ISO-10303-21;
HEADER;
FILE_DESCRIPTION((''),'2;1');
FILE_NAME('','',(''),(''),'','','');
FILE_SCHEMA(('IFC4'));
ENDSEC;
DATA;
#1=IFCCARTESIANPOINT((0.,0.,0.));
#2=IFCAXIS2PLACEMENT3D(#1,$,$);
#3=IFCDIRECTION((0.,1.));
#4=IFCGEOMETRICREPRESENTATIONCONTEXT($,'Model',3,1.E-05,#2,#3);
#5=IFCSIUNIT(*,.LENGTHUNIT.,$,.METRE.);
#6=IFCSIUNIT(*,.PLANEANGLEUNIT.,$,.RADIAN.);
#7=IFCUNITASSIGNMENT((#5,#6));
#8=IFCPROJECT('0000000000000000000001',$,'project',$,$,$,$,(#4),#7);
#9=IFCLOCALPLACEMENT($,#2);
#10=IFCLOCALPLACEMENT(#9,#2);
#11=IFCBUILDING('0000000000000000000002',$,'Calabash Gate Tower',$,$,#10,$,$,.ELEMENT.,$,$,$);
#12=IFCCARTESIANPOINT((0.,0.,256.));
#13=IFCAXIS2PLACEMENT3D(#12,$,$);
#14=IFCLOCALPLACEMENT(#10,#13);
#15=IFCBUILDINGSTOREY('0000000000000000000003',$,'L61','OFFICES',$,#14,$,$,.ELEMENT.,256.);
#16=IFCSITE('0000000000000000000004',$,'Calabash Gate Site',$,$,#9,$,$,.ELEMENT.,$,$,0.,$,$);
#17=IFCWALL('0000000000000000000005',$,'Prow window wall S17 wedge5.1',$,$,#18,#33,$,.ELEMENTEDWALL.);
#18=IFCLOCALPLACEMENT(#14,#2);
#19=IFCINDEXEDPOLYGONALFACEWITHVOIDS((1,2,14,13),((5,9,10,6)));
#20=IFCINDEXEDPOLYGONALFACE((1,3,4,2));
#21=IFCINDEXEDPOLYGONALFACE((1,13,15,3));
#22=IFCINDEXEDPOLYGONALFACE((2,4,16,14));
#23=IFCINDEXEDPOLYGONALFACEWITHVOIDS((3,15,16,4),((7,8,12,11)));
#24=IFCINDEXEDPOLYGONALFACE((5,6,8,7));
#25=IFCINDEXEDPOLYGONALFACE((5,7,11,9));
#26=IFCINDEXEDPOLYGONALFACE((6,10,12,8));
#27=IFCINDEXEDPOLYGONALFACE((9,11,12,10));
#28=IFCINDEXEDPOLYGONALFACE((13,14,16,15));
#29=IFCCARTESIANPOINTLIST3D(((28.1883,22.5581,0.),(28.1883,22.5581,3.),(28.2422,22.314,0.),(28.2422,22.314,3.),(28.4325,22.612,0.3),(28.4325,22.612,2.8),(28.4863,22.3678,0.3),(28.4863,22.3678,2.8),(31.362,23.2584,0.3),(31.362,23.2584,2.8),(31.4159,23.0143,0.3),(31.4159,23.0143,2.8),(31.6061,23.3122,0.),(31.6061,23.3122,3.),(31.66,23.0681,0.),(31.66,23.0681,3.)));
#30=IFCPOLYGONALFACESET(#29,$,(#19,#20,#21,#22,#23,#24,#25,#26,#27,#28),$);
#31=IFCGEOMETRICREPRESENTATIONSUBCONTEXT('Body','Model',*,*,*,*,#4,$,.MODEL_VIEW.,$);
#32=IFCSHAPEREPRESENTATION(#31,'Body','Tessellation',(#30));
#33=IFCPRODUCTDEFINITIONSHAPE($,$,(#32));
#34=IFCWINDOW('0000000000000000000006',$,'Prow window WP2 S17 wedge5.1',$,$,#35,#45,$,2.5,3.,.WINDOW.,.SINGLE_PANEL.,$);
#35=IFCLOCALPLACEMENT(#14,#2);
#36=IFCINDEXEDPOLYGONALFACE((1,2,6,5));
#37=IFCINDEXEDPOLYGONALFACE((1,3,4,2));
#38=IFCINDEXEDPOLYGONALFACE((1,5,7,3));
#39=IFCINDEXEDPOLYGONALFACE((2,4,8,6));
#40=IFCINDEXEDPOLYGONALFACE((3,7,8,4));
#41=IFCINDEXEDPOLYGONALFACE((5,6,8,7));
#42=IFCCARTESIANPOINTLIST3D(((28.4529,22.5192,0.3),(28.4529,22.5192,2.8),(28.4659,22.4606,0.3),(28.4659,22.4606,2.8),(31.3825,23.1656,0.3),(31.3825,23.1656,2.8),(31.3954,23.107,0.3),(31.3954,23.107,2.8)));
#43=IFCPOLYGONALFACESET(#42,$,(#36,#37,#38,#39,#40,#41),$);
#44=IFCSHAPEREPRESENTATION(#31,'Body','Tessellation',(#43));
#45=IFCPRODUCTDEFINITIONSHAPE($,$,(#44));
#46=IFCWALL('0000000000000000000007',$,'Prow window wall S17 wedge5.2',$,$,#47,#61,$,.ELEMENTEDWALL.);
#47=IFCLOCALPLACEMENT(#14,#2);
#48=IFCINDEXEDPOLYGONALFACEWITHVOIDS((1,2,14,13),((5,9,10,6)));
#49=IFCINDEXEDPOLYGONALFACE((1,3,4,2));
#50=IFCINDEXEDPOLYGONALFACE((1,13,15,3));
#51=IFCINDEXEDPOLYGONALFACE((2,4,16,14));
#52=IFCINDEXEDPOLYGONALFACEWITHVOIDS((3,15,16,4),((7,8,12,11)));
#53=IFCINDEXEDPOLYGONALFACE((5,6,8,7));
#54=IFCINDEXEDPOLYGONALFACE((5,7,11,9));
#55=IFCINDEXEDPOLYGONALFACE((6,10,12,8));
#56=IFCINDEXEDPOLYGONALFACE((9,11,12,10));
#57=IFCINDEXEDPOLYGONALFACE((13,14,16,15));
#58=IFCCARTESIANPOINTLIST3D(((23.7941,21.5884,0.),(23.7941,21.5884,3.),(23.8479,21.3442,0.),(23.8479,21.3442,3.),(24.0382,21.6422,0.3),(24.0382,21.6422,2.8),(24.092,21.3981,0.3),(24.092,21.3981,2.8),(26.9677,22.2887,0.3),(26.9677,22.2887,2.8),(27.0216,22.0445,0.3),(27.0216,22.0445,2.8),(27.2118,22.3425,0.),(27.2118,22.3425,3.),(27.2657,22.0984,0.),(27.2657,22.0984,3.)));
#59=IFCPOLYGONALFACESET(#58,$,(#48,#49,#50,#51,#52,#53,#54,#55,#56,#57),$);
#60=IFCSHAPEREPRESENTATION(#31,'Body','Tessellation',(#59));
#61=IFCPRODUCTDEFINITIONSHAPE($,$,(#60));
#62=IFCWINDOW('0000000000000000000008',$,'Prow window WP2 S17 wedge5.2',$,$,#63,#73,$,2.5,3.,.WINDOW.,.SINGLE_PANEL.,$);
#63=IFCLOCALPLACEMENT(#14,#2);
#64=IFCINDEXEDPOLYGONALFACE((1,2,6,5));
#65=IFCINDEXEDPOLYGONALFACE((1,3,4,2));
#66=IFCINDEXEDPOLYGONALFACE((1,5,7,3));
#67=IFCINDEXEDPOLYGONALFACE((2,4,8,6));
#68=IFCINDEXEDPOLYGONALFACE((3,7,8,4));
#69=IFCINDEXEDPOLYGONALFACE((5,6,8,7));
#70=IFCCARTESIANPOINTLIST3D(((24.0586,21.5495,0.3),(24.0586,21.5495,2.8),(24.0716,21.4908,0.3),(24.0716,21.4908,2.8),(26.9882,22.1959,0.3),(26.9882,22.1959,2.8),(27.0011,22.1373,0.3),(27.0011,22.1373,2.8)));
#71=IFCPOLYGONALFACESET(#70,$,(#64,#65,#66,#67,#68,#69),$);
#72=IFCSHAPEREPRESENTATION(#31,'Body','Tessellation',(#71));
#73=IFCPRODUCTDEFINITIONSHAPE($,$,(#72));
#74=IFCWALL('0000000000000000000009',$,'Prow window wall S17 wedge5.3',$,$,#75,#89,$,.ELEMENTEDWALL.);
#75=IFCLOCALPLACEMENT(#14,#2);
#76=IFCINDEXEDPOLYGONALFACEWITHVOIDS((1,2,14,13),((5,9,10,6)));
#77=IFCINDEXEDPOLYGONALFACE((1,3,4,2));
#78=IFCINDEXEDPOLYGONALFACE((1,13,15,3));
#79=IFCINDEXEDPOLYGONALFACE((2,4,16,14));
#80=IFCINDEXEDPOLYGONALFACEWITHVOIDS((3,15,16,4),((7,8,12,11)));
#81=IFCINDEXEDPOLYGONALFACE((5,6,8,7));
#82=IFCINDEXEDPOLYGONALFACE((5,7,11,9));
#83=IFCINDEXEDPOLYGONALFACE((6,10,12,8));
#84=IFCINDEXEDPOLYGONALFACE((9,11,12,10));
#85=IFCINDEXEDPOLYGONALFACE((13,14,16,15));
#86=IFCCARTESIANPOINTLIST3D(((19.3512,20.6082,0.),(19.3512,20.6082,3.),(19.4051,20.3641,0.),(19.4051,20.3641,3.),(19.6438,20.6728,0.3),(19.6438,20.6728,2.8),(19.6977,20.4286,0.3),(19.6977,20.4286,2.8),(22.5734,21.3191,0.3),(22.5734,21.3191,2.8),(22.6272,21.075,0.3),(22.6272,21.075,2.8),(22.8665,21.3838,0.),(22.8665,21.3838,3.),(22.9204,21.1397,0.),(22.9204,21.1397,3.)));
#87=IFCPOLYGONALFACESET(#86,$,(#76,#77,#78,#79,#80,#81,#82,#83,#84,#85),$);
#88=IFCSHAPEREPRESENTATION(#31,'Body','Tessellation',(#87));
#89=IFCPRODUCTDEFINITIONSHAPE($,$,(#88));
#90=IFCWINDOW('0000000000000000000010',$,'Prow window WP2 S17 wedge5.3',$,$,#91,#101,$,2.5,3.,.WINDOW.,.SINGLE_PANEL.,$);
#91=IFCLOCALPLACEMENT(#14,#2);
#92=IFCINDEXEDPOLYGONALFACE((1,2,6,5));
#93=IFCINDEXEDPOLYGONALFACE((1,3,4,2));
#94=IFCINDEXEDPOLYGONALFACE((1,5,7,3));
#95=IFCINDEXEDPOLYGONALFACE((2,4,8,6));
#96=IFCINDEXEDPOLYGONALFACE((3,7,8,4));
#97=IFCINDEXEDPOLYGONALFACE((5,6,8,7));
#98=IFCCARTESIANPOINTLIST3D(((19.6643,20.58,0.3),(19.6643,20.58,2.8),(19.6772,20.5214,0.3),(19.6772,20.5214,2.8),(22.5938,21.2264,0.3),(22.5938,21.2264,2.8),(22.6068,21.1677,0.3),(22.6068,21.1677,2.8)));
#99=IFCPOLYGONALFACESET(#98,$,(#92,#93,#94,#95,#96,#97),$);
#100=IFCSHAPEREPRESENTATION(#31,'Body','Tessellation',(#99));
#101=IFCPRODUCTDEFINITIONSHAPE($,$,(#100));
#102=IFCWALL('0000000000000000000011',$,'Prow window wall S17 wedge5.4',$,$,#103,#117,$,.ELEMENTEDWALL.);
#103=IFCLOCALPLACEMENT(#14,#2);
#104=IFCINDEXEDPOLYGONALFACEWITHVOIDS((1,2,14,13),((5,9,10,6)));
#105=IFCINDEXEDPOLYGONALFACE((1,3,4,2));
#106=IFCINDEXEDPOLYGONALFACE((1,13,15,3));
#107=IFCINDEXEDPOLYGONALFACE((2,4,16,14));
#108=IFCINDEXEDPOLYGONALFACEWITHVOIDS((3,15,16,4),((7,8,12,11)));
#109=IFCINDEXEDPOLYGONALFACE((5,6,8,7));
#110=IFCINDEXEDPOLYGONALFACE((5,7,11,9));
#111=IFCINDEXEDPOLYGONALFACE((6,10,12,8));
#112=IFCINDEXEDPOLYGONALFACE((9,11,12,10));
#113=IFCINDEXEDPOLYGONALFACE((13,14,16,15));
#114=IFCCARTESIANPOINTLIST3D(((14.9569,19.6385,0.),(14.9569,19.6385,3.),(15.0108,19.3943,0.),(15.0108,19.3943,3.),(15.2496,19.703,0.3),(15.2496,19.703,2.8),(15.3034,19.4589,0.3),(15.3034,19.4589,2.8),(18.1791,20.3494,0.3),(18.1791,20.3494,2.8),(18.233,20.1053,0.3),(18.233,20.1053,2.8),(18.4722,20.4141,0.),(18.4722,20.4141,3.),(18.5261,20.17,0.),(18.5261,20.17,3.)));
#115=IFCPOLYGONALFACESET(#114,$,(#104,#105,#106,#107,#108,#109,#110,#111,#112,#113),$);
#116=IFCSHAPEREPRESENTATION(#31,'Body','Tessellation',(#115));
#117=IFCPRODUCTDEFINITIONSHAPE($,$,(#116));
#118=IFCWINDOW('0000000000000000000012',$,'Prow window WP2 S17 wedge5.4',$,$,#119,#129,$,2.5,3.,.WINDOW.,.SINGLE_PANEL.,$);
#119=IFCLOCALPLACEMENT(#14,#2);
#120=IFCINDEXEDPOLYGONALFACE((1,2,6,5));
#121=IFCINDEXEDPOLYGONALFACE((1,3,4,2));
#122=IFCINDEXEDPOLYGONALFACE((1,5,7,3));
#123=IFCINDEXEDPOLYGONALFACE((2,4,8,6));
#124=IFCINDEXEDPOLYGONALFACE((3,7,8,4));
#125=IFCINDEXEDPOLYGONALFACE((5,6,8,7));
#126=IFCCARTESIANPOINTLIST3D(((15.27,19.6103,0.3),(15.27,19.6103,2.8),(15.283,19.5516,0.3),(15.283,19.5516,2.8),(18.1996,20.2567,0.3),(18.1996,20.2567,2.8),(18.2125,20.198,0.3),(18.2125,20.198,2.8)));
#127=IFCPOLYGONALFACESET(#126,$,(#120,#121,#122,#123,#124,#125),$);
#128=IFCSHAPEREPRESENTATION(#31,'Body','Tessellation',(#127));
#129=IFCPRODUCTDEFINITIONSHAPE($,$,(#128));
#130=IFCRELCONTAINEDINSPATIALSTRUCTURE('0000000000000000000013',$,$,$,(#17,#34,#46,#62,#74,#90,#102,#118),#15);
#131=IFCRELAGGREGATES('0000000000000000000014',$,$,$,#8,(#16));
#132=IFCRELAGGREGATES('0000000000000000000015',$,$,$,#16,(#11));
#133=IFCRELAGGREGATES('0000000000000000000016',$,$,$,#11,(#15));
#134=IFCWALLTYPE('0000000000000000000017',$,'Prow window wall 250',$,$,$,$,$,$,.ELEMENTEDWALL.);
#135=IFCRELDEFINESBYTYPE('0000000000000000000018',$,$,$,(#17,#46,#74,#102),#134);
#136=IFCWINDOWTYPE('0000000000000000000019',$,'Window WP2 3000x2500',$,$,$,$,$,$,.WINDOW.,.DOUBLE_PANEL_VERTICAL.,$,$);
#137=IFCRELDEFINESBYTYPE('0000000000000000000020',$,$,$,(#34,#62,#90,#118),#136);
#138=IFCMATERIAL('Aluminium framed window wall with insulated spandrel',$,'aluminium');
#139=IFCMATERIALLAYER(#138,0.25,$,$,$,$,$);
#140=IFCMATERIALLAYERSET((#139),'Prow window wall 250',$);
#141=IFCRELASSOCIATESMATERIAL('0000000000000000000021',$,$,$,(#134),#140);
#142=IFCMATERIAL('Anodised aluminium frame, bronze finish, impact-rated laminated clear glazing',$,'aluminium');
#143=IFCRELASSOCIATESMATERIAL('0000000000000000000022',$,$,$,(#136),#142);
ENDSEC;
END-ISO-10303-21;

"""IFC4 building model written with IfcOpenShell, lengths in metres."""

from ifc_helpers import new_model, si_unit, direction, frame, frame_2d, origin, place, context, subcontext, project, spatial, rectangle, extrude, material, layer, layer_set, type_object, element, fill, save


model = new_model("IFC4")

# Units and contexts
model_context = context("Model", 3, precision=1e-05, world=origin(), true_north=direction((0.0, 1.0)))
body_context = subcontext(model_context, "Body", "Model", "MODEL_VIEW")
ifc_project = project(units=[si_unit("LENGTHUNIT", "METRE"), si_unit("PLANEANGLEUNIT", "RADIAN")], contexts=[model_context])

# Site, building, storey
site_placement = place(None, origin())
site = spatial("IfcSite", under=ifc_project, at=site_placement, Name="Calabash Gate Site", CompositionType="ELEMENT", RefElevation=0.0)
building_placement = place(site_placement, origin())
building = spatial("IfcBuilding", under=site, at=building_placement, Name="Calabash Gate Tower", CompositionType="ELEMENT")
storey_placement = place(building_placement, frame((0.0, 0.0, 256.0)))
storey = spatial("IfcBuildingStorey", under=building, at=storey_placement, Name="L61", Description="OFFICES", CompositionType="ELEMENT", Elevation=256.0)

# Walls, openings, windows
ifc_material_1 = material(Name="Aluminium framed window wall with insulated spandrel", Category="aluminium")
ifc_layer_1 = layer(ifc_material_1, 0.25)
ifc_layer_set_1 = layer_set([ifc_layer_1], Name="Prow window wall 250")
wall_type_1 = type_object("IfcWallType", Name="Prow window wall 250", PredefinedType="ELEMENTEDWALL", material=ifc_layer_set_1)
ifc_material_2 = material(Name="Anodised aluminium frame, bronze finish, impact-rated laminated clear glazing", Category="aluminium")
window_type = type_object("IfcWindowType", Name="Window WP2 3000x2500", PartitioningType="DOUBLE_PANEL_VERTICAL", PredefinedType="WINDOW", material=ifc_material_2)
wall_1_placement = place(storey_placement, frame((31.6331, 23.1902, 0.0), z_axis=(0.0, 0.0, 1.0), x_axis=(-0.976509, -0.215475, 0.0)))
wall_1 = element("IfcWall", 1, at=wall_1_placement, inside=storey, type_object=wall_type_1, Name="Prow window wall S17 wedge5.1", PredefinedType="ELEMENTEDWALL", context=body_context, shape_type="SweptSolid", body=[
    extrude(rectangle(XDim=3.5, YDim=0.25, at=frame_2d((1.75, 0.0))), origin(), (0.0, 0.0, 1.0), 3.0),
])
opening_1_placement = place(wall_1_placement, frame((0.25, 0.0, 0.3)))
opening_1 = element("IfcOpeningElement", 2, at=opening_1_placement, cuts=wall_1, PredefinedType="OPENING", context=body_context, shape_type="SweptSolid", body=[
    extrude(rectangle(XDim=3.0, YDim=2.5, at=frame_2d((1.5, 1.25))), frame((0.0, 0.135, 0.0), z_axis=(0.0, -1.0, 0.0), x_axis=(1.0, 0.0, 0.0)), (0.0, 0.0, 1.0), 0.27),
])
window_1_placement = place(opening_1_placement, origin())
window_1 = element("IfcWindow", 3, at=window_1_placement, inside=storey, type_object=window_type, Name="Prow window WP2 S17 wedge5.1", OverallHeight=2.5, OverallWidth=3.0, PartitioningType="SINGLE_PANEL", PredefinedType="WINDOW", context=body_context, shape_type="SweptSolid", body=[
    extrude(rectangle(XDim=3.0, YDim=2.5, at=frame_2d((1.5, 1.25))), frame((0.0, 0.03, 0.0), z_axis=(0.0, -1.0, 0.0), x_axis=(1.0, 0.0, 0.0)), (0.0, 0.0, 1.0), 0.0601),
])
fill(opening_1, window_1)
wall_2_placement = place(storey_placement, frame((27.2388, 22.2205, 0.0), z_axis=(0.0, 0.0, 1.0), x_axis=(-0.976509, -0.215475, 0.0)))
wall_2 = element("IfcWall", 4, at=wall_2_placement, inside=storey, type_object=wall_type_1, Name="Prow window wall S17 wedge5.2", PredefinedType="ELEMENTEDWALL", context=body_context, shape_type="SweptSolid", body=[
    extrude(rectangle(XDim=3.5, YDim=0.25, at=frame_2d((1.75, 0.0))), origin(), (0.0, 0.0, 1.0), 3.0),
])
opening_2_placement = place(wall_2_placement, frame((0.25, 0.0, 0.3)))
opening_2 = element("IfcOpeningElement", 5, at=opening_2_placement, cuts=wall_2, PredefinedType="OPENING", context=body_context, shape_type="SweptSolid", body=[
    extrude(rectangle(XDim=3.0, YDim=2.5, at=frame_2d((1.5, 1.25))), frame((0.0, 0.135, 0.0), z_axis=(0.0, -1.0, 0.0), x_axis=(1.0, 0.0, 0.0)), (0.0, 0.0, 1.0), 0.27),
])
window_2_placement = place(opening_2_placement, origin())
window_2 = element("IfcWindow", 6, at=window_2_placement, inside=storey, type_object=window_type, Name="Prow window WP2 S17 wedge5.2", OverallHeight=2.5, OverallWidth=3.0, PartitioningType="SINGLE_PANEL", PredefinedType="WINDOW", context=body_context, shape_type="SweptSolid", body=[
    extrude(rectangle(XDim=3.0, YDim=2.5, at=frame_2d((1.5, 1.25))), frame((0.0, 0.03, 0.0), z_axis=(0.0, -1.0, 0.0), x_axis=(1.0, 0.0, 0.0)), (0.0, 0.0, 1.0), 0.0601),
])
fill(opening_2, window_2)
wall_3_placement = place(storey_placement, frame((22.8933, 21.2617, 0.0), z_axis=(0.0, 0.0, 1.0), x_axis=(-0.976513, -0.215458, 0.0)))
wall_3 = element("IfcWall", 7, at=wall_3_placement, inside=storey, type_object=wall_type_1, Name="Prow window wall S17 wedge5.3", PredefinedType="ELEMENTEDWALL", context=body_context, shape_type="SweptSolid", body=[
    extrude(rectangle(XDim=3.5999, YDim=0.25, at=frame_2d((1.7998, 0.0))), origin(), (0.0, 0.0, 1.0), 3.0),
])
opening_3_placement = place(wall_3_placement, frame((0.3, 0.0, 0.3)))
opening_3 = element("IfcOpeningElement", 8, at=opening_3_placement, cuts=wall_3, PredefinedType="OPENING", context=body_context, shape_type="SweptSolid", body=[
    extrude(rectangle(XDim=3.0, YDim=2.5, at=frame_2d((1.5, 1.25))), frame((0.0, 0.135, 0.0), z_axis=(0.0, -1.0, 0.0), x_axis=(1.0, 0.0, 0.0)), (0.0, 0.0, 1.0), 0.27),
])
window_3_placement = place(opening_3_placement, origin())
window_3 = element("IfcWindow", 9, at=window_3_placement, inside=storey, type_object=window_type, Name="Prow window WP2 S17 wedge5.3", OverallHeight=2.5, OverallWidth=3.0, PartitioningType="SINGLE_PANEL", PredefinedType="WINDOW", context=body_context, shape_type="SweptSolid", body=[
    extrude(rectangle(XDim=3.0, YDim=2.5, at=frame_2d((1.5, 1.25))), frame((0.0, 0.03, 0.0), z_axis=(0.0, -1.0, 0.0), x_axis=(1.0, 0.0, 0.0)), (0.0, 0.0, 1.0), 0.0601),
])
fill(opening_3, window_3)
wall_4_placement = place(storey_placement, frame((18.499, 20.292, 0.0), z_axis=(0.0, 0.0, 1.0), x_axis=(-0.976513, -0.215458, 0.0)))
wall_4 = element("IfcWall", 10, at=wall_4_placement, inside=storey, type_object=wall_type_1, Name="Prow window wall S17 wedge5.4", PredefinedType="ELEMENTEDWALL", context=body_context, shape_type="SweptSolid", body=[
    extrude(rectangle(XDim=3.5999, YDim=0.25, at=frame_2d((1.7998, 0.0))), origin(), (0.0, 0.0, 1.0), 3.0),
])
opening_4_placement = place(wall_4_placement, frame((0.3, 0.0, 0.3)))
opening_4 = element("IfcOpeningElement", 11, at=opening_4_placement, cuts=wall_4, PredefinedType="OPENING", context=body_context, shape_type="SweptSolid", body=[
    extrude(rectangle(XDim=3.0, YDim=2.5, at=frame_2d((1.5, 1.25))), frame((0.0, 0.135, 0.0), z_axis=(0.0, -1.0, 0.0), x_axis=(1.0, 0.0, 0.0)), (0.0, 0.0, 1.0), 0.27),
])
window_4_placement = place(opening_4_placement, origin())
window_4 = element("IfcWindow", 12, at=window_4_placement, inside=storey, type_object=window_type, Name="Prow window WP2 S17 wedge5.4", OverallHeight=2.5, OverallWidth=3.0, PartitioningType="SINGLE_PANEL", PredefinedType="WINDOW", context=body_context, shape_type="SweptSolid", body=[
    extrude(rectangle(XDim=3.0, YDim=2.5, at=frame_2d((1.5, 1.25))), frame((0.0, 0.03, 0.0), z_axis=(0.0, -1.0, 0.0), x_axis=(1.0, 0.0, 0.0)), (0.0, 0.0, 1.0), 0.0601),
])
fill(opening_4, window_4)

save(model, "model.ifc")
